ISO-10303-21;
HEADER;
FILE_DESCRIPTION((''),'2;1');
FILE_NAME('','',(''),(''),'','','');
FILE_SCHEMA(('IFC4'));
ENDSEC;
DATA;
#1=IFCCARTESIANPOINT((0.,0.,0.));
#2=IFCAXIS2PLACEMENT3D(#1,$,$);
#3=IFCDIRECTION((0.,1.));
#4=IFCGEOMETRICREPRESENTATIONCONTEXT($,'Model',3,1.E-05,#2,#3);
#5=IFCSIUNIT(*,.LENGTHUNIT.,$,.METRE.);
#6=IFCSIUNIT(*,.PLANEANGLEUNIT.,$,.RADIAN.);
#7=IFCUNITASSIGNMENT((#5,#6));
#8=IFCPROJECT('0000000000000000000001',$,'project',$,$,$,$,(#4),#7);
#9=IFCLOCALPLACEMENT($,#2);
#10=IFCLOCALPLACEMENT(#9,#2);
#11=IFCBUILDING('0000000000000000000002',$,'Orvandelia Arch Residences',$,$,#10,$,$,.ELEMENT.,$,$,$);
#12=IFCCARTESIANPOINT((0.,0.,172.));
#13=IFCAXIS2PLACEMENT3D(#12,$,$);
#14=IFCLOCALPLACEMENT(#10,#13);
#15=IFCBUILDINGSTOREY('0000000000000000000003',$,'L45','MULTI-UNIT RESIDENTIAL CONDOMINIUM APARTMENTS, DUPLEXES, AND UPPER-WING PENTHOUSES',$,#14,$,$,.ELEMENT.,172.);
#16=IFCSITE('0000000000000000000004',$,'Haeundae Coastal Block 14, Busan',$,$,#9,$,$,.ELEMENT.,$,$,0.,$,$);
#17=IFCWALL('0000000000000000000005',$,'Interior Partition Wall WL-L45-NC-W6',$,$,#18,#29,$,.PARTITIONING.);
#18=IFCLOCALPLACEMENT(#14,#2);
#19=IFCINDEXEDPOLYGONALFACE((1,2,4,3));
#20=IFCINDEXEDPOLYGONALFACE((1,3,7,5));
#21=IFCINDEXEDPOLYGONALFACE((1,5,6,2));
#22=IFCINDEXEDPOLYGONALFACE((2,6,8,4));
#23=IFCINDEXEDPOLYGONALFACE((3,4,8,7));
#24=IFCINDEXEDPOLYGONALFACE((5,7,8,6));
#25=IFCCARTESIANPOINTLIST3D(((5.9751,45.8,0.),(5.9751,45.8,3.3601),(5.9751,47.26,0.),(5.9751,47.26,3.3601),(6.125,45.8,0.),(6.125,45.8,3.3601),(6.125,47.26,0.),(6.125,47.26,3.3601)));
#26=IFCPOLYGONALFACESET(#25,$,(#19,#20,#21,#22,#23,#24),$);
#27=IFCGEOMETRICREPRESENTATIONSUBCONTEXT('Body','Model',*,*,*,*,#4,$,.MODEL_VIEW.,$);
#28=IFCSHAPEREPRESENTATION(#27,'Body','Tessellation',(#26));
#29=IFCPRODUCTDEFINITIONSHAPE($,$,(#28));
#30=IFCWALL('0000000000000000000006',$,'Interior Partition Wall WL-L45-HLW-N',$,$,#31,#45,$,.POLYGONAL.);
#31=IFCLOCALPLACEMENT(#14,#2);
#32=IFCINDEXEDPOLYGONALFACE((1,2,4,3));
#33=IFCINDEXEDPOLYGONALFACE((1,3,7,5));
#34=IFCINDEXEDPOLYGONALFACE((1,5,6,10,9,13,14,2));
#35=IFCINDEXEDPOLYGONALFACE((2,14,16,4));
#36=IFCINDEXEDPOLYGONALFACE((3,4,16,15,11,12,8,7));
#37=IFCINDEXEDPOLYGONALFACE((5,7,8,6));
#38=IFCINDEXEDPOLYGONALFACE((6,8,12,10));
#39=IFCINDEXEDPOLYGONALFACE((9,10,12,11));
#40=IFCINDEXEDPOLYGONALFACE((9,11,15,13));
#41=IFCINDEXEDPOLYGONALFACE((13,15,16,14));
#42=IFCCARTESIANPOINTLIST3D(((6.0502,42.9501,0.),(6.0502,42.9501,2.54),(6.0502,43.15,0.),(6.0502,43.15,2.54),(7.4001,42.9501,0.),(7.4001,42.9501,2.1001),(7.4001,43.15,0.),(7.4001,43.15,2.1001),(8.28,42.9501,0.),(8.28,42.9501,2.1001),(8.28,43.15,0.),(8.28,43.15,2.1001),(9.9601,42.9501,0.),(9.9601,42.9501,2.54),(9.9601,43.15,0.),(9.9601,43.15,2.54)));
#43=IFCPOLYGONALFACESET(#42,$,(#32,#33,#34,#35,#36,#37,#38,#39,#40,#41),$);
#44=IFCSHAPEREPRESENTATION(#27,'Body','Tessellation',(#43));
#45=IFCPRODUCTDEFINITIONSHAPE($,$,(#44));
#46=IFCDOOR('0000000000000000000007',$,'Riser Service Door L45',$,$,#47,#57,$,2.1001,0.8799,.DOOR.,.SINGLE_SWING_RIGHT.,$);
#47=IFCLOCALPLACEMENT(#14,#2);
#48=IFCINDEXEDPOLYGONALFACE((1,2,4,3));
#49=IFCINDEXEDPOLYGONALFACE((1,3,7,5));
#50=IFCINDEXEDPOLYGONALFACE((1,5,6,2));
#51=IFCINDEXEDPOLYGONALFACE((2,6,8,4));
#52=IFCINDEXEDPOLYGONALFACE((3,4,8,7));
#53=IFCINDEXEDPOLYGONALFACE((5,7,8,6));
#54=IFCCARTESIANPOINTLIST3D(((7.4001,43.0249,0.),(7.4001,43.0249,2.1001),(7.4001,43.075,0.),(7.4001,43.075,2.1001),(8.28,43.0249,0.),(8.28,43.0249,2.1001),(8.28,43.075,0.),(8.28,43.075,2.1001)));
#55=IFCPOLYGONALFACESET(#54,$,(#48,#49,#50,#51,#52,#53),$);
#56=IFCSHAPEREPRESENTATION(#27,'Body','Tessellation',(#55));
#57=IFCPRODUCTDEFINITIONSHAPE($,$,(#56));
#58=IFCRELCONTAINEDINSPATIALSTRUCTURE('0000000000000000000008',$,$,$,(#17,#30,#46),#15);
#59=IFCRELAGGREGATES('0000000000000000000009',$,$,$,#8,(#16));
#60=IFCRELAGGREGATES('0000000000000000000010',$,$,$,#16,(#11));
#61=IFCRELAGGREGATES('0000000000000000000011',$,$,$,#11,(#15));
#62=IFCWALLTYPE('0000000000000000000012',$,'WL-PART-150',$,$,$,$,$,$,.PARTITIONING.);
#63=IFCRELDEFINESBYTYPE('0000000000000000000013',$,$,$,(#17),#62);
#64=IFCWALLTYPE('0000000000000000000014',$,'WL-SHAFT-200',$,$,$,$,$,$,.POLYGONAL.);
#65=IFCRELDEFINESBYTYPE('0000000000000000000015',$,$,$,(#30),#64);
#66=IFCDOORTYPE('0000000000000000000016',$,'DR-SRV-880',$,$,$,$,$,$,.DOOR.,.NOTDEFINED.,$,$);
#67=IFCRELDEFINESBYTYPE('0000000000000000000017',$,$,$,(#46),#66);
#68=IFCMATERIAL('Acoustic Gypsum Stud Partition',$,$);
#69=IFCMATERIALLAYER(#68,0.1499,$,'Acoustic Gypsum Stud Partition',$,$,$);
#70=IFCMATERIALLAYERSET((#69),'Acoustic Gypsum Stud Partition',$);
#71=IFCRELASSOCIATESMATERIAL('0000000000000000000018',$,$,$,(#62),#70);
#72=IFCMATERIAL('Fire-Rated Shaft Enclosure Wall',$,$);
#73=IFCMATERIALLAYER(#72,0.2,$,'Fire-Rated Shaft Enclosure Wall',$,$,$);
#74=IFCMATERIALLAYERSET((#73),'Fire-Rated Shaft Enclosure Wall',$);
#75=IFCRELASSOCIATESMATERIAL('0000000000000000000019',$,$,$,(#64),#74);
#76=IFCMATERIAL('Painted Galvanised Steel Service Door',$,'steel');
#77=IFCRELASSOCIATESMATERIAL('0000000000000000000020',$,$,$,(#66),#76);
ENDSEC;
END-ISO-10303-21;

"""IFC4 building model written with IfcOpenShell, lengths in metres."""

from ifc_helpers import new_model, si_unit, direction, frame, frame_2d, origin, place, context, subcontext, project, spatial, rectangle, extrude, material, layer, layer_set, type_object, element, fill, save


model = new_model("IFC4")

# Units and contexts
model_context = context("Model", 3, precision=1e-05, world=origin(), true_north=direction((0.0, 1.0)))
body_context = subcontext(model_context, "Body", "Model", "MODEL_VIEW")
ifc_project = project(units=[si_unit("LENGTHUNIT", "METRE"), si_unit("PLANEANGLEUNIT", "RADIAN")], contexts=[model_context])

# Site, building, storey
site_placement = place(None, origin())
site = spatial("IfcSite", under=ifc_project, at=site_placement, Name="Haeundae Coastal Block 14, Busan", CompositionType="ELEMENT", RefElevation=0.0)
building_placement = place(site_placement, origin())
building = spatial("IfcBuilding", under=site, at=building_placement, Name="Orvandelia Arch Residences", CompositionType="ELEMENT")
storey_placement = place(building_placement, frame((0.0, 0.0, 172.0)))
storey = spatial("IfcBuildingStorey", under=building, at=storey_placement, Name="L45", Description="MULTI-UNIT RESIDENTIAL CONDOMINIUM APARTMENTS, DUPLEXES, AND UPPER-WING PENTHOUSES", CompositionType="ELEMENT", Elevation=172.0)

# Wall
ifc_material_1 = material(Name="Acoustic Gypsum Stud Partition")
ifc_layer_1 = layer(ifc_material_1, 0.1499, Name="Acoustic Gypsum Stud Partition")
ifc_layer_set_1 = layer_set([ifc_layer_1], Name="Acoustic Gypsum Stud Partition")
wall_type_1 = type_object("IfcWallType", Name="WL-PART-150", PredefinedType="PARTITIONING", material=ifc_layer_set_1)
wall_1_placement = place(storey_placement, frame((6.05, 45.8, 0.0), z_axis=(0.0, 0.0, 1.0), x_axis=(0.0, 1.0, 0.0)))
element("IfcWall", 1, at=wall_1_placement, inside=storey, type_object=wall_type_1, Name="Interior Partition Wall WL-L45-NC-W6", PredefinedType="PARTITIONING", context=body_context, shape_type="SweptSolid", body=[
    extrude(rectangle(XDim=1.46, YDim=0.1499, at=frame_2d((0.73, 0.0))), origin(), (0.0, 0.0, 1.0), 3.3601),
])

# Wall, opening, door
ifc_material_2 = material(Name="Fire-Rated Shaft Enclosure Wall")
ifc_layer_2 = layer(ifc_material_2, 0.2, Name="Fire-Rated Shaft Enclosure Wall")
ifc_layer_set_2 = layer_set([ifc_layer_2], Name="Fire-Rated Shaft Enclosure Wall")
wall_type_2 = type_object("IfcWallType", Name="WL-SHAFT-200", PredefinedType="POLYGONAL", material=ifc_layer_set_2)
wall_2_placement = place(storey_placement, frame((6.05, 43.05, 0.0), z_axis=(0.0, 0.0, 1.0), x_axis=(1.0, 0.0, 0.0)))
wall_2 = element("IfcWall", 2, at=wall_2_placement, inside=storey, type_object=wall_type_2, Name="Interior Partition Wall WL-L45-HLW-N", PredefinedType="POLYGONAL", context=body_context, shape_type="SweptSolid", body=[
    extrude(rectangle(XDim=3.9099, YDim=0.2, at=frame_2d((1.9551, 0.0))), origin(), (0.0, 0.0, 1.0), 2.54),
])
opening_1_placement = place(wall_2_placement, frame((1.3501, 0.0, 0.0)))
opening_1 = element("IfcOpeningElement", 3, at=opening_1_placement, cuts=wall_2, PredefinedType="OPENING", context=body_context, shape_type="SweptSolid", body=[
    extrude(rectangle(XDim=0.8799, YDim=2.1001, at=frame_2d((0.4399, 1.05))), frame((0.0, 0.1099, 0.0), z_axis=(0.0, -1.0, 0.0), x_axis=(1.0, 0.0, 0.0)), (0.0, 0.0, 1.0), 0.22),
])
ifc_material_3 = material(Name="Painted Galvanised Steel Service Door", Category="steel")
door_type = type_object("IfcDoorType", Name="DR-SRV-880", OperationType="NOTDEFINED", PredefinedType="DOOR", material=ifc_material_3)
door_placement = place(opening_1_placement, origin())
door = element("IfcDoor", 4, at=door_placement, inside=storey, type_object=door_type, Name="Riser Service Door L45", OperationType="SINGLE_SWING_RIGHT", OverallHeight=2.1001, OverallWidth=0.8799, PredefinedType="DOOR", context=body_context, shape_type="SweptSolid", body=[
    extrude(rectangle(XDim=0.8799, YDim=2.1001, at=frame_2d((0.4399, 1.05))), frame((0.0, 0.0249, 0.0), z_axis=(0.0, -1.0, 0.0), x_axis=(1.0, 0.0, 0.0)), (0.0, 0.0, 1.0), 0.05),
])
fill(opening_1, door)

save(model, "model.ifc")
